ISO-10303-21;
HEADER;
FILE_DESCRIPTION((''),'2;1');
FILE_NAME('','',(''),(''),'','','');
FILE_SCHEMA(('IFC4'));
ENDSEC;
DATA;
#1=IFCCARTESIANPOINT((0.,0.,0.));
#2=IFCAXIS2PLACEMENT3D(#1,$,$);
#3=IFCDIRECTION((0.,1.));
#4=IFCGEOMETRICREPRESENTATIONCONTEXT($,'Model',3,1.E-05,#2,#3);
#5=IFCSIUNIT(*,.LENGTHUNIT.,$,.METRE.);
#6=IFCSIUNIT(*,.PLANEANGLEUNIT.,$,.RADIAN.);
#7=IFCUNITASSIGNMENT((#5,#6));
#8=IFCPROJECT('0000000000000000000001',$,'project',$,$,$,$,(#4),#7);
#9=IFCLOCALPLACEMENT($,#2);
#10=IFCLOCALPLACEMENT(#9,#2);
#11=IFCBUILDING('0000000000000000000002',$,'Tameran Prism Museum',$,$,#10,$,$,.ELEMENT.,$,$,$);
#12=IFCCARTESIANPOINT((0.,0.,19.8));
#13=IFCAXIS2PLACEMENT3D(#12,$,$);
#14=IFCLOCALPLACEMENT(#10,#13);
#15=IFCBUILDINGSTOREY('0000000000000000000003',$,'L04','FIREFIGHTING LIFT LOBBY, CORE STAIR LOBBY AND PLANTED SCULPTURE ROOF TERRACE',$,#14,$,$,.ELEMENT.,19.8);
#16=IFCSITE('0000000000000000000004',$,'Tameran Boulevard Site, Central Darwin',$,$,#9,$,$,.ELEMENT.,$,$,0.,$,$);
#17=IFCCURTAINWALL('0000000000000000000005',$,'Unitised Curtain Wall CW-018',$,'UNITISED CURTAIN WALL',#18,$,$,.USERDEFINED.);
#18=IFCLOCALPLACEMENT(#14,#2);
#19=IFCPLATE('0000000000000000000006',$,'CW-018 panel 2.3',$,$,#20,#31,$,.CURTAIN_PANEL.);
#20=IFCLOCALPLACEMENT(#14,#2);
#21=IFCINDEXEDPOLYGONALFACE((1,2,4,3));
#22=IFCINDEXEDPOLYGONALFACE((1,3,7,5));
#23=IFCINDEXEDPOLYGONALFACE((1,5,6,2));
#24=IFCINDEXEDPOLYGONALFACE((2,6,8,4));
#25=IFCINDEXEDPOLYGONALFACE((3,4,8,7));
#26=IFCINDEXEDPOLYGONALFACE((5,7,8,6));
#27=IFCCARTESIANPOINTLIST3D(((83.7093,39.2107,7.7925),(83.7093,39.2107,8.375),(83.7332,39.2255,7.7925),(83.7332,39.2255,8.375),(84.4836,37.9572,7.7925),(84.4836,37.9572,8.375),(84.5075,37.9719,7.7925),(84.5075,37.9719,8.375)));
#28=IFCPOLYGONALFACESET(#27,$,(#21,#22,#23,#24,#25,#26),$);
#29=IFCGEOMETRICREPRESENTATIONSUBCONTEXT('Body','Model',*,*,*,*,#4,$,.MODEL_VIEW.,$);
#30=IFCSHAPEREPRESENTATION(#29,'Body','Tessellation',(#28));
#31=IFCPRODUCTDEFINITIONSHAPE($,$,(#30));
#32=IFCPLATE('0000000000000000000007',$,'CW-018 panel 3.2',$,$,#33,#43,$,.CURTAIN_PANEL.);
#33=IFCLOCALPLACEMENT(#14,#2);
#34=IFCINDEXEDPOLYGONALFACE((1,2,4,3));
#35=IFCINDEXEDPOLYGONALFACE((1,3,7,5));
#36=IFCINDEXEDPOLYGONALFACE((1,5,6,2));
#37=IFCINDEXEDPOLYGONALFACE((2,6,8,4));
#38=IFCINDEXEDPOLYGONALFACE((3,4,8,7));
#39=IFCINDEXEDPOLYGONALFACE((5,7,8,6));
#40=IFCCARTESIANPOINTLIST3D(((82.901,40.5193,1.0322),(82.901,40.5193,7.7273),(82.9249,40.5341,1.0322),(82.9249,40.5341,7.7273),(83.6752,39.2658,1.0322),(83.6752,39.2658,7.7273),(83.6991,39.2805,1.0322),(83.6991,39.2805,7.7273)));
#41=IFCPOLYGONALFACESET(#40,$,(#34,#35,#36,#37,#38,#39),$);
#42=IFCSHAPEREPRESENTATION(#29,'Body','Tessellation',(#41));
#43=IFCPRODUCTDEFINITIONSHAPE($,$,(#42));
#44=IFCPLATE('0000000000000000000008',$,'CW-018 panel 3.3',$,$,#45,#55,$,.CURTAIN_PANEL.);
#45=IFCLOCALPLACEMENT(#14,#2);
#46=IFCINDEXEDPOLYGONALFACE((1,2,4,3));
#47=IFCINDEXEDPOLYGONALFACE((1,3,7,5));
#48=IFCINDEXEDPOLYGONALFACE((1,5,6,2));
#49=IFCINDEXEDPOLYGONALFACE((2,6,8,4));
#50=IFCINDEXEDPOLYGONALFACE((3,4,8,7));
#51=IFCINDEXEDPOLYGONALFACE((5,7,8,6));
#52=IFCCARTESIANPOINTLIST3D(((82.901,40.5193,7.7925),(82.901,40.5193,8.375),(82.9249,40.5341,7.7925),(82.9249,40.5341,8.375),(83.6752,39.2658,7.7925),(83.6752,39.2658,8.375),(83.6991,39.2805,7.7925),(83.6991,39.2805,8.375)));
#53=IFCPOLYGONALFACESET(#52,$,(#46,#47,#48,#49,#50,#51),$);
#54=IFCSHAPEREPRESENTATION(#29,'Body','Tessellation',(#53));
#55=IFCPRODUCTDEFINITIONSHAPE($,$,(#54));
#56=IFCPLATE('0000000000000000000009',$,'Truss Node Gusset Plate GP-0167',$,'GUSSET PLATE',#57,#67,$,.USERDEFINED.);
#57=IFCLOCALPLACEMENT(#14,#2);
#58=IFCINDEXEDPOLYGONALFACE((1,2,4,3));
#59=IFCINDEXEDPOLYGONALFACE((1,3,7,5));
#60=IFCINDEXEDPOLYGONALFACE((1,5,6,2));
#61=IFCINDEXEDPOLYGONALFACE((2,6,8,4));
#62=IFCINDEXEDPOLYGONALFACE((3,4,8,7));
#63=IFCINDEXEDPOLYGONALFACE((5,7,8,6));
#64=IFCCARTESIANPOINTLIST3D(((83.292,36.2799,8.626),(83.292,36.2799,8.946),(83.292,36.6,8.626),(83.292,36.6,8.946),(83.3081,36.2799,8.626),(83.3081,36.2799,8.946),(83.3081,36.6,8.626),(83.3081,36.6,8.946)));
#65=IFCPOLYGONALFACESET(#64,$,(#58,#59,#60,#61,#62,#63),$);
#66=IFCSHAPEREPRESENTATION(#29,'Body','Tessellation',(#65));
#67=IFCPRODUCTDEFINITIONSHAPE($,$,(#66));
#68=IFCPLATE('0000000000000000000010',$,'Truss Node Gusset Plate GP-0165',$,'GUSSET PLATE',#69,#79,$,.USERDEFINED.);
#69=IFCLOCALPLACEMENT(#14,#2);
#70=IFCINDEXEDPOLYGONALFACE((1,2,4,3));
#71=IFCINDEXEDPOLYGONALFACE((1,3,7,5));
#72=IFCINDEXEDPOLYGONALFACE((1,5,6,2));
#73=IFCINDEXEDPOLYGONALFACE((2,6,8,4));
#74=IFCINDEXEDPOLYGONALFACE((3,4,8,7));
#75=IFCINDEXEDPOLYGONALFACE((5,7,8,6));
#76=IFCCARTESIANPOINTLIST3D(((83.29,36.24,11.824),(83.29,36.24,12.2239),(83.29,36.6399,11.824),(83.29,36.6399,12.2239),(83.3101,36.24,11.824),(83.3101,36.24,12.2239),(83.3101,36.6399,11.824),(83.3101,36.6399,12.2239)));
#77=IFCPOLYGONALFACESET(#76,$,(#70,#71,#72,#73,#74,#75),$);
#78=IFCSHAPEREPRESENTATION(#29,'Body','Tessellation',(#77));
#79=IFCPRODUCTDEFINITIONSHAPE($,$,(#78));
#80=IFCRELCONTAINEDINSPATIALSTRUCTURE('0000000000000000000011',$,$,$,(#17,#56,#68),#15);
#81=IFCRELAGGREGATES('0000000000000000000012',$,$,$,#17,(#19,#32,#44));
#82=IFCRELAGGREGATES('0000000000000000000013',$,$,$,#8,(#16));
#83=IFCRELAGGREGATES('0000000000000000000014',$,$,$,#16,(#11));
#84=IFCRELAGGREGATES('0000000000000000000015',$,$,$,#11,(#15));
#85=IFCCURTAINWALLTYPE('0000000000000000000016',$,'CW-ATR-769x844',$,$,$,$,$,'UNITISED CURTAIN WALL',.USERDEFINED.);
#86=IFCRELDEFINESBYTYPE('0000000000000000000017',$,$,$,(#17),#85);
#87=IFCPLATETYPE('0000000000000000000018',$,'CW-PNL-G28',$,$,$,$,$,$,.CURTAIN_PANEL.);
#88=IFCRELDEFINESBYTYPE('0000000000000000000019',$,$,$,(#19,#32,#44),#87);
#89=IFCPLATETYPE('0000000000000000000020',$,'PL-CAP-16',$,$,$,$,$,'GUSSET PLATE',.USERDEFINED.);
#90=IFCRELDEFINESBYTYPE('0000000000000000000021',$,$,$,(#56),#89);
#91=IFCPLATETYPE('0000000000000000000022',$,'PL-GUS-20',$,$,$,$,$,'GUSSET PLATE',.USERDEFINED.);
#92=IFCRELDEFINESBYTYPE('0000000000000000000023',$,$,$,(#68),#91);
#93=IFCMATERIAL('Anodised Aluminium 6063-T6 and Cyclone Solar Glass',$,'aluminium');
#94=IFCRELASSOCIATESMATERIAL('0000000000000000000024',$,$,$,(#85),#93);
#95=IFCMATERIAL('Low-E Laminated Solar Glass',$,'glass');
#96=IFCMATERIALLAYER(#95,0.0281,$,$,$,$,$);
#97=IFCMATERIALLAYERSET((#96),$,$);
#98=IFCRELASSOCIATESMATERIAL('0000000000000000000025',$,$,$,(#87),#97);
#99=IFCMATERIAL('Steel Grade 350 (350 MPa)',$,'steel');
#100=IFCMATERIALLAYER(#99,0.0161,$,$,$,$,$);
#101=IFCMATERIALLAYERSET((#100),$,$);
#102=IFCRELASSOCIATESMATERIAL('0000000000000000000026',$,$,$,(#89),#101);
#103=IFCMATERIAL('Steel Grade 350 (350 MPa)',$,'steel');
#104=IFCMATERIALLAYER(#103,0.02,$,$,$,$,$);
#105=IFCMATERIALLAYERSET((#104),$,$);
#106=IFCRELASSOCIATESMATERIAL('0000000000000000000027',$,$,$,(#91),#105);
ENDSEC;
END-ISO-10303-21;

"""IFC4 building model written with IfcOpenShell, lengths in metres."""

from ifc_helpers import new_model, si_unit, direction, frame, origin, origin_2d, place, context, subcontext, project, spatial, rectangle, extrude, material, layer, layer_set, type_object, element, aggregate, save


model = new_model("IFC4")

# Units and contexts
model_context = context("Model", 3, precision=1e-05, world=origin(), true_north=direction((0.0, 1.0)))
body_context = subcontext(model_context, "Body", "Model", "MODEL_VIEW")
ifc_project = project(units=[si_unit("LENGTHUNIT", "METRE"), si_unit("PLANEANGLEUNIT", "RADIAN")], contexts=[model_context])

# Site, building, storey
site_placement = place(None, origin())
site = spatial("IfcSite", under=ifc_project, at=site_placement, Name="Tameran Boulevard Site, Central Darwin", CompositionType="ELEMENT", RefElevation=0.0)
building_placement = place(site_placement, origin())
building = spatial("IfcBuilding", under=site, at=building_placement, Name="Tameran Prism Museum", CompositionType="ELEMENT")
storey_placement = place(building_placement, frame((0.0, 0.0, 19.8)))
storey = spatial("IfcBuildingStorey", under=building, at=storey_placement, Name="L04", Description="FIREFIGHTING LIFT LOBBY, CORE STAIR LOBBY AND PLANTED SCULPTURE ROOF TERRACE", CompositionType="ELEMENT", Elevation=19.8)

# Curtain wall
ifc_material_1 = material(Name="Anodised Aluminium 6063-T6 and Cyclone Solar Glass", Category="aluminium")
curtain_wall_type = type_object("IfcCurtainWallType", Name="CW-ATR-769x844", ElementType="UNITISED CURTAIN WALL", PredefinedType="USERDEFINED", material=ifc_material_1)
curtain_wall_1_placement = place(storey_placement, origin())
curtain_wall_1 = element("IfcCurtainWall", 1, at=curtain_wall_1_placement, inside=storey, type_object=curtain_wall_type, Name="Unitised Curtain Wall CW-018", ObjectType="UNITISED CURTAIN WALL", PredefinedType="USERDEFINED")

# Plates
ifc_material_2 = material(Name="Low-E Laminated Solar Glass", Category="glass")
ifc_layer_1 = layer(ifc_material_2, 0.0281)
ifc_layer_set_1 = layer_set([ifc_layer_1])
plate_type_1 = type_object("IfcPlateType", Name="CW-PNL-G28", PredefinedType="CURTAIN_PANEL", material=ifc_layer_set_1)
plate_1_placement = place(storey_placement, frame((84.1084, 38.5913, 7.7925), z_axis=(0.0, 0.0, 1.0), x_axis=(-0.525504, 0.850791, 0.0)))
plate_1 = element("IfcPlate", 2, at=plate_1_placement, type_object=plate_type_1, Name="CW-018 panel 2.3", PredefinedType="CURTAIN_PANEL", context=body_context, shape_type="SweptSolid", body=[
    extrude(rectangle(XDim=1.4734, YDim=0.0281, at=origin_2d()), origin(), (0.0, 0.0, 1.0), 0.5825),
])
plate_2_placement = place(storey_placement, frame((83.3, 39.8999, 1.0322), z_axis=(0.0, 0.0, 1.0), x_axis=(-0.525504, 0.850791, 0.0)))
plate_2 = element("IfcPlate", 3, at=plate_2_placement, type_object=plate_type_1, Name="CW-018 panel 3.2", PredefinedType="CURTAIN_PANEL", context=body_context, shape_type="SweptSolid", body=[
    extrude(rectangle(XDim=1.4734, YDim=0.0281, at=origin_2d()), origin(), (0.0, 0.0, 1.0), 6.6951),
])
plate_3_placement = place(storey_placement, frame((83.3, 39.8999, 7.7925), z_axis=(0.0, 0.0, 1.0), x_axis=(-0.525504, 0.850791, 0.0)))
plate_3 = element("IfcPlate", 4, at=plate_3_placement, type_object=plate_type_1, Name="CW-018 panel 3.3", PredefinedType="CURTAIN_PANEL", context=body_context, shape_type="SweptSolid", body=[
    extrude(rectangle(XDim=1.4734, YDim=0.0281, at=origin_2d()), origin(), (0.0, 0.0, 1.0), 0.5825),
])
aggregate(curtain_wall_1, [plate_1, plate_2, plate_3])

# Plates
ifc_material_3 = material(Name="Steel Grade 350 (350 MPa)", Category="steel")
ifc_layer_2 = layer(ifc_material_3, 0.0161)
ifc_layer_set_2 = layer_set([ifc_layer_2])
plate_type_2 = type_object("IfcPlateType", Name="PL-CAP-16", ElementType="GUSSET PLATE", PredefinedType="USERDEFINED", material=ifc_layer_set_2)
plate_4_placement = place(storey_placement, frame((83.3, 36.4399, 8.626), z_axis=(0.0, 0.0, 1.0), x_axis=(1.0, 0.0, 0.0)))
element("IfcPlate", 5, at=plate_4_placement, inside=storey, type_object=plate_type_2, Name="Truss Node Gusset Plate GP-0167", ObjectType="GUSSET PLATE", PredefinedType="USERDEFINED", context=body_context, shape_type="SweptSolid", body=[
    extrude(rectangle(XDim=0.0161, YDim=0.3201, at=origin_2d()), origin(), (0.0, 0.0, 1.0), 0.3201),
])
ifc_material_4 = material(Name="Steel Grade 350 (350 MPa)", Category="steel")
ifc_layer_3 = layer(ifc_material_4, 0.02)
ifc_layer_set_3 = layer_set([ifc_layer_3])
plate_type_3 = type_object("IfcPlateType", Name="PL-GUS-20", ElementType="GUSSET PLATE", PredefinedType="USERDEFINED", material=ifc_layer_set_3)
plate_5_placement = place(storey_placement, frame((83.3, 36.4399, 11.824), z_axis=(0.0, 0.0, 1.0), x_axis=(1.0, 0.0, 0.0)))
element("IfcPlate", 6, at=plate_5_placement, inside=storey, type_object=plate_type_3, Name="Truss Node Gusset Plate GP-0165", ObjectType="GUSSET PLATE", PredefinedType="USERDEFINED", context=body_context, shape_type="SweptSolid", body=[
    extrude(rectangle(XDim=0.02, YDim=0.3999, at=origin_2d()), origin(), (0.0, 0.0, 1.0), 0.3999),
])

save(model, "model.ifc")
